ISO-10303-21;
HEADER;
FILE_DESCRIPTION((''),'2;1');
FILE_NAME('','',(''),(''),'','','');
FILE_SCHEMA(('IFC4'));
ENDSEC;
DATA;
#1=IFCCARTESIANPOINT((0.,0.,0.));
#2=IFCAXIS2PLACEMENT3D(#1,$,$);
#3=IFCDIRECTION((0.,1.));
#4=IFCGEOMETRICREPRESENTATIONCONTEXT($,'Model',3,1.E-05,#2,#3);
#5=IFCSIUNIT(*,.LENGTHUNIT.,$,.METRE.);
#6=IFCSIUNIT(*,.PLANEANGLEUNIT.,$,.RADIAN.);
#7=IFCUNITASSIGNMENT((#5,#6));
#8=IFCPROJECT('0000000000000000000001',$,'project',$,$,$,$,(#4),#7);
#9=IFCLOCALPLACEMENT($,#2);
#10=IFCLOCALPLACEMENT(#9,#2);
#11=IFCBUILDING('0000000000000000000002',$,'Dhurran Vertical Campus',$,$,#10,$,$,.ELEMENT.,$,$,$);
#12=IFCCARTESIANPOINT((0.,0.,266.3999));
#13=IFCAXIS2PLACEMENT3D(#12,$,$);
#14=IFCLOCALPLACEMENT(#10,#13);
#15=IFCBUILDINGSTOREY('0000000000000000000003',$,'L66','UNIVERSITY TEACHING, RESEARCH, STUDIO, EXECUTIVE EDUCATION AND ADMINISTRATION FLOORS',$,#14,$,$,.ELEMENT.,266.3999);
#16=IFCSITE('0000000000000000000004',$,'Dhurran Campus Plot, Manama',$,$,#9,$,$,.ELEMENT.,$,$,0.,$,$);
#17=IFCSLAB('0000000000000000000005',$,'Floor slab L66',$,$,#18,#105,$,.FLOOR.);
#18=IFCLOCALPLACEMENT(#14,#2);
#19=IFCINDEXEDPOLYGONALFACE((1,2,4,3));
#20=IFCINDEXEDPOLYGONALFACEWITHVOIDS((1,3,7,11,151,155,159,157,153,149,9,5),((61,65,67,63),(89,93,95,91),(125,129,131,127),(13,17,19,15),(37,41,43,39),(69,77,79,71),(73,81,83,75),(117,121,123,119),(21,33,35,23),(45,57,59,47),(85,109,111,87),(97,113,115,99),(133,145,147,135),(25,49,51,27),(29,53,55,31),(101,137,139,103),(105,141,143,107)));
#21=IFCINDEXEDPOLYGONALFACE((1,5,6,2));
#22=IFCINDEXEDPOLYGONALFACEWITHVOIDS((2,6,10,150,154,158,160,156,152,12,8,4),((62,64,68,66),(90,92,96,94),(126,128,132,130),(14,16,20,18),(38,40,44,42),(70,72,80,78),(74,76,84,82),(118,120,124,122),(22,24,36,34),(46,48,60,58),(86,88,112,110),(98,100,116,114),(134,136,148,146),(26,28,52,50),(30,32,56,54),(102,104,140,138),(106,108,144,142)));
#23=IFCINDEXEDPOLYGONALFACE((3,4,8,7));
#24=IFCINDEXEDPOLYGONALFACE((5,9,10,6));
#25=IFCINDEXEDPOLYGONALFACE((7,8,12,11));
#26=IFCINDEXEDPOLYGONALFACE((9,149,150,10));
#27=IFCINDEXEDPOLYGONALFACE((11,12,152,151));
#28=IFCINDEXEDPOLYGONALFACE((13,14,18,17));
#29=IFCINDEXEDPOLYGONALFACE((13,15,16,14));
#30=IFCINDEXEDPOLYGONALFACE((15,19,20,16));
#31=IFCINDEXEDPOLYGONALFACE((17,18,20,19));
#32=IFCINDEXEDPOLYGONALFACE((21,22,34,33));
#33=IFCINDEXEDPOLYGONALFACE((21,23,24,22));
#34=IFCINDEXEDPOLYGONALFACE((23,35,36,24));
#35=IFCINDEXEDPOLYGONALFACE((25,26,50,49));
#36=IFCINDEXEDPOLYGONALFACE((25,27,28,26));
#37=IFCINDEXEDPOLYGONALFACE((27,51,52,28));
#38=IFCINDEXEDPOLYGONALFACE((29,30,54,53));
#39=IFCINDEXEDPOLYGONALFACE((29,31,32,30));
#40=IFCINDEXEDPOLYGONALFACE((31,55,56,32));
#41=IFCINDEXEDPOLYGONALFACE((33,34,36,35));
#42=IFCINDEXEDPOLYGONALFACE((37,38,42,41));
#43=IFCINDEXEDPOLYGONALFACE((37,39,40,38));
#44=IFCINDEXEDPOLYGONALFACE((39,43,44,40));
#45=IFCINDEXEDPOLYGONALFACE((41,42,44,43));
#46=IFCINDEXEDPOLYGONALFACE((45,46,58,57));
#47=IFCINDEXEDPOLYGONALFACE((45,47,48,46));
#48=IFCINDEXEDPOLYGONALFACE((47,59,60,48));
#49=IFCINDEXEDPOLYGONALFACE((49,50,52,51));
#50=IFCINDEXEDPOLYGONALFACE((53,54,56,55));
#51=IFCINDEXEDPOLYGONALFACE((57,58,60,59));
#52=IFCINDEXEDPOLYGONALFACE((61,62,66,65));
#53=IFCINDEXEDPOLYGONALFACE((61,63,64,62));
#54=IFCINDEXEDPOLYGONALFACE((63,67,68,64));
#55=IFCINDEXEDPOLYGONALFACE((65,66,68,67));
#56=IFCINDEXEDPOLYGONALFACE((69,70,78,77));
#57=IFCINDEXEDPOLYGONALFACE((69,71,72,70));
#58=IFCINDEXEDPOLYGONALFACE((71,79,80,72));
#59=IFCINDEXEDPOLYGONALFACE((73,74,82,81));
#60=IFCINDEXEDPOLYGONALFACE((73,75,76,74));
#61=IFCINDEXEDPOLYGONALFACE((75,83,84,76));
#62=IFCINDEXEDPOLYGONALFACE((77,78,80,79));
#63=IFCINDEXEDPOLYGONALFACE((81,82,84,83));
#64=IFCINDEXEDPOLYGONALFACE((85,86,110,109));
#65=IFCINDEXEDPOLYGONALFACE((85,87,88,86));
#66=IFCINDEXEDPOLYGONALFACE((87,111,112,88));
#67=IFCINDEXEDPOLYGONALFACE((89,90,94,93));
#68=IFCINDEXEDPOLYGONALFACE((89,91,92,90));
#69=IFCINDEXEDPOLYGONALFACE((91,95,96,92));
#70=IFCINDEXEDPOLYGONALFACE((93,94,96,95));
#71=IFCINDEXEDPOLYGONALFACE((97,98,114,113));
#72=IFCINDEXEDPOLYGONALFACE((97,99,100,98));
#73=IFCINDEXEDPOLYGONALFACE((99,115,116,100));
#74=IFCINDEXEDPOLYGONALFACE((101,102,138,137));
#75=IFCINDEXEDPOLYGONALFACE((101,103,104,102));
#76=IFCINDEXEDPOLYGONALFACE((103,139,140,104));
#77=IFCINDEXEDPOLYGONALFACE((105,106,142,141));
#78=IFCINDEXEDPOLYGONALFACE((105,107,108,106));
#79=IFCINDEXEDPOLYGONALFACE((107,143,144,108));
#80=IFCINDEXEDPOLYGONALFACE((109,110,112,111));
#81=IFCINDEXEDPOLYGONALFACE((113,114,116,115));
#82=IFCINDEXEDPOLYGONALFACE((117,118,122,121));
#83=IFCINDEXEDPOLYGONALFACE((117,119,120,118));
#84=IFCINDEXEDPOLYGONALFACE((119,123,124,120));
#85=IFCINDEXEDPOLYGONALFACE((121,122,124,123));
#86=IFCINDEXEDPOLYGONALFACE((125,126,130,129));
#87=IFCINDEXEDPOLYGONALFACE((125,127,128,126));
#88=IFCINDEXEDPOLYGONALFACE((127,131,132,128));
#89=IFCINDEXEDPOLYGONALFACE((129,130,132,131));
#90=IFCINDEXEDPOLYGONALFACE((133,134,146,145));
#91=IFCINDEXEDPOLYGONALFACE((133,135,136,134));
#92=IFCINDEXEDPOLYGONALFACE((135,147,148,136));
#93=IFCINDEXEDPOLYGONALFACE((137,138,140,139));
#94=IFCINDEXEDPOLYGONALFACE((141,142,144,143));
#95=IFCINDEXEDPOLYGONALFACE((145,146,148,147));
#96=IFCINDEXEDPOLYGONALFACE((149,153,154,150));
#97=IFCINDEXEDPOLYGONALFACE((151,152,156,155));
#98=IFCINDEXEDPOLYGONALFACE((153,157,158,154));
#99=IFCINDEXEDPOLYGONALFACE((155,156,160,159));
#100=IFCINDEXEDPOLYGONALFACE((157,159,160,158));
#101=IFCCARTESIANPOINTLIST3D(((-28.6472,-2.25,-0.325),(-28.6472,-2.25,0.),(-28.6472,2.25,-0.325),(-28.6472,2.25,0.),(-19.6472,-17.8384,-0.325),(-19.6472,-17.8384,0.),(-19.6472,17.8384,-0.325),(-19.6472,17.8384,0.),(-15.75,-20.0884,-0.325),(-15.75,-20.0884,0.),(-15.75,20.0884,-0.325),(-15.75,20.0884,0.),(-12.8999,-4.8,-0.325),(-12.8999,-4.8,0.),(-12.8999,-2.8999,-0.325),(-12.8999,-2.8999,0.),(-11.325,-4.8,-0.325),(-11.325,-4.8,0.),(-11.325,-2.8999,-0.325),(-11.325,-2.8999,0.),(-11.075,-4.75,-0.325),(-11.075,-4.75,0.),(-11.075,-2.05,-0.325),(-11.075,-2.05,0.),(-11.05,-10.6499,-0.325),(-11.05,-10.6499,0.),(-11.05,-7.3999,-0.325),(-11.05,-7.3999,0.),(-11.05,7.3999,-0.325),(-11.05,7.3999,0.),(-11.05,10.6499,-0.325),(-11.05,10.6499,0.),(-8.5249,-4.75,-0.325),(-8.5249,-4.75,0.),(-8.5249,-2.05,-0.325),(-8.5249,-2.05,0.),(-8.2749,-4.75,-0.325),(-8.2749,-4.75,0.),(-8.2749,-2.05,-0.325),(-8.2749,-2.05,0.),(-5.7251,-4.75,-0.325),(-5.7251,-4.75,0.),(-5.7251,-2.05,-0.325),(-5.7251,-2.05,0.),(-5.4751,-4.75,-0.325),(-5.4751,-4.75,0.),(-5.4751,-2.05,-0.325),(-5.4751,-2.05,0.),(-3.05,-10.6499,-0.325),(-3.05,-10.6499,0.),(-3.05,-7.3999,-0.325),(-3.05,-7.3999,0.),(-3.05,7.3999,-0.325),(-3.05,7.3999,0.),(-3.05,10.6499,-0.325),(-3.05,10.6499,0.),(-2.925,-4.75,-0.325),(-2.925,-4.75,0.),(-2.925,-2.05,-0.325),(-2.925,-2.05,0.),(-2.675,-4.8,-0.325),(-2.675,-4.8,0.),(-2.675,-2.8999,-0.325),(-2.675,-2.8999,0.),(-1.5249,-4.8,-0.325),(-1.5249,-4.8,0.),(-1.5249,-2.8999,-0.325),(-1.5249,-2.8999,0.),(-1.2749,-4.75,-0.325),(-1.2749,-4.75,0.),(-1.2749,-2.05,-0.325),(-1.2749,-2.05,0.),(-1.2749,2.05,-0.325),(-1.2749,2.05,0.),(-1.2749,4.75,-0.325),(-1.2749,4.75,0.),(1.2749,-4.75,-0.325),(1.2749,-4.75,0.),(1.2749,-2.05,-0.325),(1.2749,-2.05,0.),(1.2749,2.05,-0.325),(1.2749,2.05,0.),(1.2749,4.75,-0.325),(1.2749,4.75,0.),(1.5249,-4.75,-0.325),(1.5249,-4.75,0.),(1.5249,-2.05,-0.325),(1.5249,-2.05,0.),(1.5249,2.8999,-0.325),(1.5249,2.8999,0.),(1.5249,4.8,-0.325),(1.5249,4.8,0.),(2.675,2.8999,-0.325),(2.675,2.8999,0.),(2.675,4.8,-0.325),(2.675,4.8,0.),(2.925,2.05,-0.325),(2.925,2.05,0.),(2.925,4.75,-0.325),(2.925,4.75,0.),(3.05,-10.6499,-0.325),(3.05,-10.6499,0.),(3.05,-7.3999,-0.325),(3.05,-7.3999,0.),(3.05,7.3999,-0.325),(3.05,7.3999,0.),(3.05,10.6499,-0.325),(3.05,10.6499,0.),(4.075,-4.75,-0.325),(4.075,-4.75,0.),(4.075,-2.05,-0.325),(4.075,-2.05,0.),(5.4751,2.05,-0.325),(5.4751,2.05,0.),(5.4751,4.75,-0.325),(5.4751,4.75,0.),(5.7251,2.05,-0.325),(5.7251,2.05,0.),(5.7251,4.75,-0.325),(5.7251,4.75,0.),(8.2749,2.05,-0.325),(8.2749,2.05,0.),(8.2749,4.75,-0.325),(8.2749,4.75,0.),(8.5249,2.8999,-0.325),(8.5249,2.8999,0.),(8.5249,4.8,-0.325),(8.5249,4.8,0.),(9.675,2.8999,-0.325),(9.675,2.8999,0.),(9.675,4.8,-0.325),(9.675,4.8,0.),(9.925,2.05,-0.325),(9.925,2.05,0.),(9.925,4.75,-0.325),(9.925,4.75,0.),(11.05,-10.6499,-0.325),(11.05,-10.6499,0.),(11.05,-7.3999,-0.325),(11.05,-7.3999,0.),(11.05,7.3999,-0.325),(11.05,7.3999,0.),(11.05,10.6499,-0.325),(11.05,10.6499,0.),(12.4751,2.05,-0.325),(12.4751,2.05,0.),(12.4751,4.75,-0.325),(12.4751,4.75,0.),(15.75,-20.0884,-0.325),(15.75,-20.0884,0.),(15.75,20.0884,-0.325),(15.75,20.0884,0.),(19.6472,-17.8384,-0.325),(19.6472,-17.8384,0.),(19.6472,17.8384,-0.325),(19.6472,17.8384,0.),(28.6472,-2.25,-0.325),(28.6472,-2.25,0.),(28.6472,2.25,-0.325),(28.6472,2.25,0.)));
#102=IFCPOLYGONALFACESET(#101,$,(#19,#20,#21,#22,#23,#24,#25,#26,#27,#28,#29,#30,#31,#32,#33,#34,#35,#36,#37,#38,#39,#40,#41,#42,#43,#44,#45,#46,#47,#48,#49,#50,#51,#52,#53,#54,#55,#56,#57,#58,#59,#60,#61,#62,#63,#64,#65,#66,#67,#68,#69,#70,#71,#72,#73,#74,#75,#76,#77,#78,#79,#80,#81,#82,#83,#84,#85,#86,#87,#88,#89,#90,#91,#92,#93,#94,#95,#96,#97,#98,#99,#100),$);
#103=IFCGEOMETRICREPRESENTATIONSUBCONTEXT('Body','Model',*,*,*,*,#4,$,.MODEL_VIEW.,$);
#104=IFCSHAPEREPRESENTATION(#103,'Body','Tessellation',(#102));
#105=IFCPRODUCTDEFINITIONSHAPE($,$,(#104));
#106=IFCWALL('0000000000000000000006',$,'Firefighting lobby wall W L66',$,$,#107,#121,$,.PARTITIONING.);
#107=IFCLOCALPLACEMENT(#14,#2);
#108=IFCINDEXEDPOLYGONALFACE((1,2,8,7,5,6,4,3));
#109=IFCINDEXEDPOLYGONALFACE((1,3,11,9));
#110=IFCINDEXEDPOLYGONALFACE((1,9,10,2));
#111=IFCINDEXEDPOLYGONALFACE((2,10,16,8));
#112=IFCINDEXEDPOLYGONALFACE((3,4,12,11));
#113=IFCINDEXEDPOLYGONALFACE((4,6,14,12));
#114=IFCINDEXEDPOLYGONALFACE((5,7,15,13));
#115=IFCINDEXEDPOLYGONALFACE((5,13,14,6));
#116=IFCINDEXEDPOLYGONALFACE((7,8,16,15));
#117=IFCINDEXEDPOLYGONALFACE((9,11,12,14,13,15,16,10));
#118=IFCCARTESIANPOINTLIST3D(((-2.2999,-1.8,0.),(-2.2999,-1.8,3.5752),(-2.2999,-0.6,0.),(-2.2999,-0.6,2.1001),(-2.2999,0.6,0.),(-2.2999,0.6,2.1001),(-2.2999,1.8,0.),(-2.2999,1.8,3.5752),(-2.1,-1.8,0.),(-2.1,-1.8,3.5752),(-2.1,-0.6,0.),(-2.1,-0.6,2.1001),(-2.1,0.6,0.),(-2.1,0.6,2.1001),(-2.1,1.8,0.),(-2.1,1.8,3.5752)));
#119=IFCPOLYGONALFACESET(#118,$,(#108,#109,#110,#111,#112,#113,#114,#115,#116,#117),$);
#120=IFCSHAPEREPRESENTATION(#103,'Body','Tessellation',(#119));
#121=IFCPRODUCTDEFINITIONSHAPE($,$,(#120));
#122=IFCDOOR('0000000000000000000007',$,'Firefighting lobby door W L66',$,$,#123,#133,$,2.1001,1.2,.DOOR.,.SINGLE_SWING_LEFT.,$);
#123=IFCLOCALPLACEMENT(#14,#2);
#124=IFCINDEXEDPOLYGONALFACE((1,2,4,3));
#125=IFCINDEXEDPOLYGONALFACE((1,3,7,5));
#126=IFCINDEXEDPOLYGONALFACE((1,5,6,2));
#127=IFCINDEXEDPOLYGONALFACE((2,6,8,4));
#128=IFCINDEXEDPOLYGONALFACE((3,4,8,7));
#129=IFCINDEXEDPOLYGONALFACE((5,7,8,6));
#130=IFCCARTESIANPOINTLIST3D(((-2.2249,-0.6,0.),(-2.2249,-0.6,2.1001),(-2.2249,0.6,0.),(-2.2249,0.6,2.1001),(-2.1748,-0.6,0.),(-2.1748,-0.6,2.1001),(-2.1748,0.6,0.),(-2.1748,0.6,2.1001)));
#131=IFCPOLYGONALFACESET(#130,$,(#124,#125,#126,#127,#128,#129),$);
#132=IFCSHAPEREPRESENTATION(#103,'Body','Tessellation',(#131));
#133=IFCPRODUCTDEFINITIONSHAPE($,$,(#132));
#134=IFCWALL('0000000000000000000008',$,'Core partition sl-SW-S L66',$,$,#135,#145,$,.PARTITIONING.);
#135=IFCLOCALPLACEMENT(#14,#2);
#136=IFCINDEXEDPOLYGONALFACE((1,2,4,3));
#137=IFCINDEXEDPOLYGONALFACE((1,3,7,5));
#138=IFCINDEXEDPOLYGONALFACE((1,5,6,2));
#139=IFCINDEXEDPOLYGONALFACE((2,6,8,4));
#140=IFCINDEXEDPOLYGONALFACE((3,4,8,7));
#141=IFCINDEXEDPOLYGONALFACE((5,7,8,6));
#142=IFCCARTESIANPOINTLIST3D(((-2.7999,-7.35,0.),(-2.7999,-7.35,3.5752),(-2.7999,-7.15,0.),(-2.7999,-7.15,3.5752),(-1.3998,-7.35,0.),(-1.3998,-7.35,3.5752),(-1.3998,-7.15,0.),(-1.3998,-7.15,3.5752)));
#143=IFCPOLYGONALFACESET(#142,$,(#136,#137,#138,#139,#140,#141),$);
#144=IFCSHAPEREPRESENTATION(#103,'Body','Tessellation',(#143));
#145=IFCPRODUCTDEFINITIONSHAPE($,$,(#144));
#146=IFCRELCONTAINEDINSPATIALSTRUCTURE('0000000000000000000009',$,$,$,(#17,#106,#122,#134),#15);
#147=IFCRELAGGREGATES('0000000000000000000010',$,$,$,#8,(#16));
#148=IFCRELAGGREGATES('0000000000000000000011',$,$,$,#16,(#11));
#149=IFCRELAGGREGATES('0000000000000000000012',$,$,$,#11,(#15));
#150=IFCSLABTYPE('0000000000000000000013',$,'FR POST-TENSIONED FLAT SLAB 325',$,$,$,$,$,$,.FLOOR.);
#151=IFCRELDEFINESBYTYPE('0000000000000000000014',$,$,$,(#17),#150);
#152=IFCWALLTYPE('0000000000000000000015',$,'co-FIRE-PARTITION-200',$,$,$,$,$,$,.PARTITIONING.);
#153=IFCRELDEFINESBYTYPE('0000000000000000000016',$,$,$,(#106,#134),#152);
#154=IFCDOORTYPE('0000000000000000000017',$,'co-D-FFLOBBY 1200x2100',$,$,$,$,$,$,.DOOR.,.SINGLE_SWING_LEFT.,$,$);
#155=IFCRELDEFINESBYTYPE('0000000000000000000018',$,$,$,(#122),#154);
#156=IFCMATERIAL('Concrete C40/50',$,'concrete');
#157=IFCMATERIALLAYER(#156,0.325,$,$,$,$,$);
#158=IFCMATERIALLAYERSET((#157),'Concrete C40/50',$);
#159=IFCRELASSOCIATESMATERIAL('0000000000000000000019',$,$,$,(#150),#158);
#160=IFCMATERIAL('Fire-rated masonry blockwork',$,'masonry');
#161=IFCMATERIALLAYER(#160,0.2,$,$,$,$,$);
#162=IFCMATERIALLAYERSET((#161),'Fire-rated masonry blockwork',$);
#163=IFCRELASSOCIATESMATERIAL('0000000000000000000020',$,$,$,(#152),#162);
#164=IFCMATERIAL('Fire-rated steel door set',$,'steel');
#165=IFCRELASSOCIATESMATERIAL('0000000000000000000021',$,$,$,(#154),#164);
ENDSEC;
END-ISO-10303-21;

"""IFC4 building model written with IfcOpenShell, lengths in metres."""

from ifc_helpers import new_model, si_unit, direction, frame, frame_2d, origin, place, context, subcontext, project, spatial, polyline, rectangle, outline, extrude, material, layer, layer_set, type_object, element, fill, save


model = new_model("IFC4")

# Units and contexts
model_context = context("Model", 3, precision=1e-05, world=origin(), true_north=direction((0.0, 1.0)))
body_context = subcontext(model_context, "Body", "Model", "MODEL_VIEW")
ifc_project = project(units=[si_unit("LENGTHUNIT", "METRE"), si_unit("PLANEANGLEUNIT", "RADIAN")], contexts=[model_context])

# Site, building, storey
site_placement = place(None, origin())
site = spatial("IfcSite", under=ifc_project, at=site_placement, Name="Dhurran Campus Plot, Manama", CompositionType="ELEMENT", RefElevation=0.0)
building_placement = place(site_placement, origin())
building = spatial("IfcBuilding", under=site, at=building_placement, Name="Dhurran Vertical Campus", CompositionType="ELEMENT")
storey_placement = place(building_placement, frame((0.0, 0.0, 266.3999)))
storey = spatial("IfcBuildingStorey", under=building, at=storey_placement, Name="L66", Description="UNIVERSITY TEACHING, RESEARCH, STUDIO, EXECUTIVE EDUCATION AND ADMINISTRATION FLOORS", CompositionType="ELEMENT", Elevation=266.3999)

# Slab
ifc_material_1 = material(Name="Concrete C40/50", Category="concrete")
ifc_layer_1 = layer(ifc_material_1, 0.325)
ifc_layer_set_1 = layer_set([ifc_layer_1], Name="Concrete C40/50")
slab_type = type_object("IfcSlabType", Name="FR POST-TENSIONED FLAT SLAB 325", PredefinedType="FLOOR", material=ifc_layer_set_1)
slab_placement = place(storey_placement, frame((0.0, 0.0, -0.325)))
element("IfcSlab", 1, at=slab_placement, inside=storey, type_object=slab_type, Name="Floor slab L66", PredefinedType="FLOOR", context=body_context, shape_type="SweptSolid", body=[
    extrude(outline(polyline([(-15.75, -20.0884), (15.75, -20.0884), (19.6472, -17.8384), (28.6472, -2.25), (28.6472, 2.25), (19.6472, 17.8384), (15.75, 20.0884), (-15.75, 20.0884), (-19.6472, 17.8384), (-28.6472, 2.25), (-28.6472, -2.25), (-19.6472, -17.8384), (-15.75, -20.0884)]), holes=[polyline([(-1.2749, 2.05), (1.2749, 2.05), (1.2749, 4.75), (-1.2749, 4.75), (-1.2749, 2.05)]), polyline([(9.925, 2.05), (12.4751, 2.05), (12.4751, 4.75), (9.925, 4.75), (9.925, 2.05)]), polyline([(-1.2749, -4.75), (1.2749, -4.75), (1.2749, -2.05), (-1.2749, -2.05), (-1.2749, -4.75)]), polyline([(1.5249, -4.75), (4.075, -4.75), (4.075, -2.05), (1.5249, -2.05), (1.5249, -4.75)]), polyline([(2.925, 2.05), (5.4751, 2.05), (5.4751, 4.75), (2.925, 4.75), (2.925, 2.05)]), polyline([(5.7251, 2.05), (8.2749, 2.05), (8.2749, 4.75), (5.7251, 4.75), (5.7251, 2.05)]), polyline([(-11.075, -4.75), (-8.5249, -4.75), (-8.5249, -2.05), (-11.075, -2.05), (-11.075, -4.75)]), polyline([(-8.2749, -4.75), (-5.7251, -4.75), (-5.7251, -2.05), (-8.2749, -2.05), (-8.2749, -4.75)]), polyline([(-5.4751, -4.75), (-2.925, -4.75), (-2.925, -2.05), (-5.4751, -2.05), (-5.4751, -4.75)]), polyline([(-11.05, 7.3999), (-3.05, 7.3999), (-3.05, 10.6499), (-11.05, 10.6499), (-11.05, 7.3999)]), polyline([(3.05, 7.3999), (11.05, 7.3999), (11.05, 10.6499), (3.05, 10.6499), (3.05, 7.3999)]), polyline([(-11.05, -10.6499), (-3.05, -10.6499), (-3.05, -7.3999), (-11.05, -7.3999), (-11.05, -10.6499)]), polyline([(3.05, -10.6499), (11.05, -10.6499), (11.05, -7.3999), (3.05, -7.3999), (3.05, -10.6499)]), polyline([(2.675, 2.8999), (1.5249, 2.8999), (1.5249, 4.8), (2.675, 4.8), (2.675, 2.8999)]), polyline([(-12.8999, -2.8999), (-11.325, -2.8999), (-11.325, -4.8), (-12.8999, -4.8), (-12.8999, -2.8999)]), polyline([(-2.675, -2.8999), (-1.5249, -2.8999), (-1.5249, -4.8), (-2.675, -4.8), (-2.675, -2.8999)]), polyline([(9.675, 2.8999), (8.5249, 2.8999), (8.5249, 4.8), (9.675, 4.8), (9.675, 2.8999)])]), origin(), (0.0, 0.0, 1.0), 0.325),
])

# Wall, opening, door
ifc_material_2 = material(Name="Fire-rated masonry blockwork", Category="masonry")
ifc_layer_2 = layer(ifc_material_2, 0.2)
ifc_layer_set_2 = layer_set([ifc_layer_2], Name="Fire-rated masonry blockwork")
wall_type_1 = type_object("IfcWallType", Name="co-FIRE-PARTITION-200", PredefinedType="PARTITIONING", material=ifc_layer_set_2)
wall_1_placement = place(storey_placement, frame((-2.2, -1.8, 0.0), z_axis=(0.0, 0.0, 1.0), x_axis=(0.0, 1.0, 0.0)))
wall_1 = element("IfcWall", 2, at=wall_1_placement, inside=storey, type_object=wall_type_1, Name="Firefighting lobby wall W L66", PredefinedType="PARTITIONING", context=body_context, shape_type="SweptSolid", body=[
    extrude(rectangle(XDim=3.6001, YDim=0.2, at=frame_2d((1.8, 0.0))), origin(), (0.0, 0.0, 1.0), 3.5752),
])
opening_1_placement = place(wall_1_placement, frame((1.2, 0.0, 0.0)))
opening_1 = element("IfcOpeningElement", 3, at=opening_1_placement, cuts=wall_1, PredefinedType="OPENING", context=body_context, shape_type="SweptSolid", body=[
    extrude(rectangle(XDim=1.2, YDim=2.1001, at=frame_2d((0.6001, 1.05))), frame((0.0, 0.1099, 0.0), z_axis=(0.0, -1.0, 0.0), x_axis=(1.0, 0.0, 0.0)), (0.0, 0.0, 1.0), 0.22),
])
ifc_material_3 = material(Name="Fire-rated steel door set", Category="steel")
door_type_1 = type_object("IfcDoorType", Name="co-D-FFLOBBY 1200x2100", OperationType="SINGLE_SWING_LEFT", PredefinedType="DOOR", material=ifc_material_3)
door_1_placement = place(opening_1_placement, origin())
door_1 = element("IfcDoor", 4, at=door_1_placement, inside=storey, type_object=door_type_1, Name="Firefighting lobby door W L66", OperationType="SINGLE_SWING_LEFT", OverallHeight=2.1001, OverallWidth=1.2, PredefinedType="DOOR", context=body_context, shape_type="SweptSolid", body=[
    extrude(rectangle(XDim=1.2, YDim=2.1001, at=frame_2d((0.6001, 1.05))), frame((0.0, 0.0249, 0.0), z_axis=(0.0, -1.0, 0.0), x_axis=(1.0, 0.0, 0.0)), (0.0, 0.0, 1.0), 0.05),
])
fill(opening_1, door_1)

# Wall
wall_2_placement = place(storey_placement, frame((-2.8, -7.25, 0.0), z_axis=(0.0, 0.0, 1.0), x_axis=(1.0, 0.0, 0.0)))
element("IfcWall", 5, at=wall_2_placement, inside=storey, type_object=wall_type_1, Name="Core partition sl-SW-S L66", PredefinedType="PARTITIONING", context=body_context, shape_type="SweptSolid", body=[
    extrude(rectangle(XDim=1.4001, YDim=0.2, at=frame_2d((0.7002, 0.0))), origin(), (0.0, 0.0, 1.0), 3.5752),
])

save(model, "model.ifc")
